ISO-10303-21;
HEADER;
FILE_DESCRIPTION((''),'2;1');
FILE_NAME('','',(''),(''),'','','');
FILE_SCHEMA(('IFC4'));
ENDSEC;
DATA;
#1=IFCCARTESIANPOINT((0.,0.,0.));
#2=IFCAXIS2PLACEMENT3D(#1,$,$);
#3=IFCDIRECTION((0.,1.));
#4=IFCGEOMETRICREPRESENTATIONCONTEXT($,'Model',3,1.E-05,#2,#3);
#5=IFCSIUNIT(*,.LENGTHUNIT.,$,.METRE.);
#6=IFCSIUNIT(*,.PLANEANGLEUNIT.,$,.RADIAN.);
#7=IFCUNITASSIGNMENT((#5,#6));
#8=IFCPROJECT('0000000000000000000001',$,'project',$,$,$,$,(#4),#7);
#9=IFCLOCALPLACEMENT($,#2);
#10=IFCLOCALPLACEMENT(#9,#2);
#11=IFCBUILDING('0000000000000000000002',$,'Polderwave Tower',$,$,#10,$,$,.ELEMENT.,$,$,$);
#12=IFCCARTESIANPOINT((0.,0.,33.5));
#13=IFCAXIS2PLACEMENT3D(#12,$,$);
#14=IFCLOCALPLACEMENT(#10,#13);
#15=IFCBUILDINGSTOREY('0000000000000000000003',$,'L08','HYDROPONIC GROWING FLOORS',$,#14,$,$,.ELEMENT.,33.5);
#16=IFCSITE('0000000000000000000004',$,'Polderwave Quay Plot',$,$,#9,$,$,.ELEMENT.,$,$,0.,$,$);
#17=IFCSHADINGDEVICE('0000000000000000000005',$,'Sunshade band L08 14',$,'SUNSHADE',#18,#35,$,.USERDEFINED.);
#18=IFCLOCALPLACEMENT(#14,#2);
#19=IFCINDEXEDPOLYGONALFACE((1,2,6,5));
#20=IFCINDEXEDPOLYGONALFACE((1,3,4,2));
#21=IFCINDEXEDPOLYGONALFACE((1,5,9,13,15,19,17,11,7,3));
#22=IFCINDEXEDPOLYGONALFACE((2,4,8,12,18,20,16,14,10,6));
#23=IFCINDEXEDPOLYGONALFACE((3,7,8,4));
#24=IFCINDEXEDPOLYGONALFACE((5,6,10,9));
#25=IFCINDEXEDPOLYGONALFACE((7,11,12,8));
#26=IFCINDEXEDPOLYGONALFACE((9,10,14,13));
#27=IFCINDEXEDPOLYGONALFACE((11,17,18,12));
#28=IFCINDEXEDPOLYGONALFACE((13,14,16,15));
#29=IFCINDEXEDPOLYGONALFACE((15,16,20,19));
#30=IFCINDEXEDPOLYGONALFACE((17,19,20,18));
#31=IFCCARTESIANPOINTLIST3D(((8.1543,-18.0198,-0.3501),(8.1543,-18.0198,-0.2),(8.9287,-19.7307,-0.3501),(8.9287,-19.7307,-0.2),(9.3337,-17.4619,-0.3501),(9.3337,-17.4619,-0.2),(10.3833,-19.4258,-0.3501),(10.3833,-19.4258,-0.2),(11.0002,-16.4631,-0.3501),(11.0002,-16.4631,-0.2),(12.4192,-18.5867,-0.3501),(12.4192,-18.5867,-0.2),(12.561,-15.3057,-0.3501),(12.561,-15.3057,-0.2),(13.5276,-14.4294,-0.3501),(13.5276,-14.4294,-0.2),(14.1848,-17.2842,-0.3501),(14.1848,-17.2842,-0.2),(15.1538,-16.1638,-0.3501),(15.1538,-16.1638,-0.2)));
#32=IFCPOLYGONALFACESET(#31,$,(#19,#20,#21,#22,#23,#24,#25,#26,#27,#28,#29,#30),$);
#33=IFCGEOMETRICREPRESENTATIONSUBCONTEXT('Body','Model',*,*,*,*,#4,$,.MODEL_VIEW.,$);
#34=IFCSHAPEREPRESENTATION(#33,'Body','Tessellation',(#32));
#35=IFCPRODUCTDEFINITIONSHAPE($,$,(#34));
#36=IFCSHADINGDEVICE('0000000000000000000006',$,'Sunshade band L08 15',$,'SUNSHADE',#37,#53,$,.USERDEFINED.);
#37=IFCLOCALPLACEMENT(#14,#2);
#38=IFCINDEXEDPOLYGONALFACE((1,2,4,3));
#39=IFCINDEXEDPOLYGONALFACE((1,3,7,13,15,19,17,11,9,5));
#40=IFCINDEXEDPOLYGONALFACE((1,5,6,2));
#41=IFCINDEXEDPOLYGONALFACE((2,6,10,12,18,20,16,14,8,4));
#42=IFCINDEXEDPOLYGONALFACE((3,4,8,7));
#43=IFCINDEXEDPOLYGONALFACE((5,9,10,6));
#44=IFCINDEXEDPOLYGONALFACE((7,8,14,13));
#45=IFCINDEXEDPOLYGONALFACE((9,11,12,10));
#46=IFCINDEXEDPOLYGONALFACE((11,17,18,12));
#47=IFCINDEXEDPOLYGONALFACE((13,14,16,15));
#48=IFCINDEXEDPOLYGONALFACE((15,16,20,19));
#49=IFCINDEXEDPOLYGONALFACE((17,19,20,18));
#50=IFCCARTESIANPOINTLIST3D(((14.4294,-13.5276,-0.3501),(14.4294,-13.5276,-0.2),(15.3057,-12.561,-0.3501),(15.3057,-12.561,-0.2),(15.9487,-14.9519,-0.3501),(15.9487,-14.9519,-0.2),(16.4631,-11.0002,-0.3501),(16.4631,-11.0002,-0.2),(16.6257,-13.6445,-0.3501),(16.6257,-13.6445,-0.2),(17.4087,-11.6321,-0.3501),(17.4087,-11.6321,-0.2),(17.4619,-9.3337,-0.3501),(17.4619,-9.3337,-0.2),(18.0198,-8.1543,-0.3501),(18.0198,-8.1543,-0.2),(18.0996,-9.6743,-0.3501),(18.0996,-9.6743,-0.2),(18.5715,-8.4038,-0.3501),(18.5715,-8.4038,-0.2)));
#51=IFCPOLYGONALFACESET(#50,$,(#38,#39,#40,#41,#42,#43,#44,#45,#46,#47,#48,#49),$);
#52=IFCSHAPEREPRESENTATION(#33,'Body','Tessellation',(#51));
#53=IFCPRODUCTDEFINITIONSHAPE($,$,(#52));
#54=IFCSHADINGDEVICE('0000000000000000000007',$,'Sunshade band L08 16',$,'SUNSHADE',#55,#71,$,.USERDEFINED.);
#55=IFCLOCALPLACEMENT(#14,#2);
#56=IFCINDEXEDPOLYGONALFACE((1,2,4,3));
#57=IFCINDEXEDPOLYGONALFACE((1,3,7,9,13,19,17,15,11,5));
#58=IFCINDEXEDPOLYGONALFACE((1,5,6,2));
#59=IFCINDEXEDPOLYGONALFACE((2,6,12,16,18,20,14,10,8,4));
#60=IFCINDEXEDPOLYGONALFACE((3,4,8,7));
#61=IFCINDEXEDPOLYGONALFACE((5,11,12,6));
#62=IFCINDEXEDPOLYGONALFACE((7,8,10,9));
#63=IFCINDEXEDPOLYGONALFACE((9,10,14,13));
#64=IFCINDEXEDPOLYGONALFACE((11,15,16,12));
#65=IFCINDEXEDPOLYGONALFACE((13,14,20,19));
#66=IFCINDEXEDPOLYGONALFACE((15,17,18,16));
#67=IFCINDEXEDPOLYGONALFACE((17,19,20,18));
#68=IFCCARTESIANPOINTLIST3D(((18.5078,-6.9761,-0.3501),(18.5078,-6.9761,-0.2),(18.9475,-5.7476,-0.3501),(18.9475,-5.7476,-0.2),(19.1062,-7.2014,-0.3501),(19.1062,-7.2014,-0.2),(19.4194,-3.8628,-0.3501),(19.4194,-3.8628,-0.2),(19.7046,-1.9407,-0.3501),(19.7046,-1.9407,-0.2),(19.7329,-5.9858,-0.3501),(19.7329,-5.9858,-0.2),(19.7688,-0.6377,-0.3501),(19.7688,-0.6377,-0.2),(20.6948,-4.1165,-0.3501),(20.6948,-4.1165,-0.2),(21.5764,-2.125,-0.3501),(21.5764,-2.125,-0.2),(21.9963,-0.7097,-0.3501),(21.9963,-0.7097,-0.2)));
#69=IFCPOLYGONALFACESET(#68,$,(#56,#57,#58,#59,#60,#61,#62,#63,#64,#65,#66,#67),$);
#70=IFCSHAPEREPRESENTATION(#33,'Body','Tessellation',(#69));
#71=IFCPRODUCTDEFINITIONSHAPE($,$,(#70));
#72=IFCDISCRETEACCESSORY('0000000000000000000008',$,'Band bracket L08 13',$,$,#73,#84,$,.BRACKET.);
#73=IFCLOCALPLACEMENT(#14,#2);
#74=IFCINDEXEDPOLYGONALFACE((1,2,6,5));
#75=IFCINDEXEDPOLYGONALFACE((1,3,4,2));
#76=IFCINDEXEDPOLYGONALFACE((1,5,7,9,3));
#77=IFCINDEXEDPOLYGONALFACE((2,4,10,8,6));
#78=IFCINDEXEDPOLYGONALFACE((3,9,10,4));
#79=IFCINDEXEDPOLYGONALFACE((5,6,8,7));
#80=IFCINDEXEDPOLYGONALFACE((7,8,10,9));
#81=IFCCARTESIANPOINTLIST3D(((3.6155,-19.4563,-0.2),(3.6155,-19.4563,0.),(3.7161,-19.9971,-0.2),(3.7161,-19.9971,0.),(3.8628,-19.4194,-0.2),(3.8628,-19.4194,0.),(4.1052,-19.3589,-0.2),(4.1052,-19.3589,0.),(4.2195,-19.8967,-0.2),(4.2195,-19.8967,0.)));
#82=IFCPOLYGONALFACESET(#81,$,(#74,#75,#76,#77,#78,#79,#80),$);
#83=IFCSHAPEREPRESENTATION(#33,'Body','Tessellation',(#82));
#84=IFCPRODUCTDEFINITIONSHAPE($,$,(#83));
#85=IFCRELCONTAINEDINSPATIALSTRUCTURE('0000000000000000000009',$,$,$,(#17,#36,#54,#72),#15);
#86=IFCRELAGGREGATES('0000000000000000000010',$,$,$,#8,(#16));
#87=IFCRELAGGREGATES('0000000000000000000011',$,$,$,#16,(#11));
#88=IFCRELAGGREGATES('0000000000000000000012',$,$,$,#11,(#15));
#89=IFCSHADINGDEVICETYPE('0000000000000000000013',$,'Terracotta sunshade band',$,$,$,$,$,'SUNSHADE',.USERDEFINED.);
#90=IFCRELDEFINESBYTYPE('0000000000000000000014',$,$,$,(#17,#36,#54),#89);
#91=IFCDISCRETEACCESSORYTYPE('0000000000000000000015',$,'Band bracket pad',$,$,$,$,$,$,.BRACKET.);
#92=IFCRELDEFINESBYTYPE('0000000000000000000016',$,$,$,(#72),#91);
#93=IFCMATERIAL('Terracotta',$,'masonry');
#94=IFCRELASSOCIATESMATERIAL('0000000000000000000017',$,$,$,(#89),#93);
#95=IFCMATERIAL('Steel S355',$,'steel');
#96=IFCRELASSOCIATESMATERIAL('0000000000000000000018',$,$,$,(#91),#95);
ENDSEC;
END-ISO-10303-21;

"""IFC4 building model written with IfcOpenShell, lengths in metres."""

from ifc_helpers import new_model, si_unit, direction, frame, origin, place, context, subcontext, project, spatial, polyline, outline, extrude, material, type_object, element, save


model = new_model("IFC4")

# Units and contexts
model_context = context("Model", 3, precision=1e-05, world=origin(), true_north=direction((0.0, 1.0)))
body_context = subcontext(model_context, "Body", "Model", "MODEL_VIEW")
ifc_project = project(units=[si_unit("LENGTHUNIT", "METRE"), si_unit("PLANEANGLEUNIT", "RADIAN")], contexts=[model_context])

# Site, building, storey
site_placement = place(None, origin())
site = spatial("IfcSite", under=ifc_project, at=site_placement, Name="Polderwave Quay Plot", CompositionType="ELEMENT", RefElevation=0.0)
building_placement = place(site_placement, origin())
building = spatial("IfcBuilding", under=site, at=building_placement, Name="Polderwave Tower", CompositionType="ELEMENT")
storey_placement = place(building_placement, frame((0.0, 0.0, 33.5)))
storey = spatial("IfcBuildingStorey", under=building, at=storey_placement, Name="L08", Description="HYDROPONIC GROWING FLOORS", CompositionType="ELEMENT", Elevation=33.5)

# Shading devices
ifc_material_1 = material(Name="Terracotta", Category="masonry")
shading_device_type = type_object("IfcShadingDeviceType", Name="Terracotta sunshade band", ElementType="SUNSHADE", PredefinedType="USERDEFINED", material=ifc_material_1)
shading_device_1_placement = place(storey_placement, frame((0.0, 0.0, -0.3501)))
element("IfcShadingDevice", 1, at=shading_device_1_placement, inside=storey, type_object=shading_device_type, Name="Sunshade band L08 14", ObjectType="SUNSHADE", PredefinedType="USERDEFINED", context=body_context, shape_type="SweptSolid", body=[
    extrude(outline(polyline([(8.1543, -18.0198), (9.3337, -17.4619), (11.0002, -16.4631), (12.561, -15.3057), (13.5276, -14.4294), (15.1538, -16.1638), (14.1848, -17.2842), (12.4192, -18.5867), (10.3833, -19.4258), (8.9287, -19.7307), (8.1543, -18.0198)])), origin(), (0.0, 0.0, 1.0), 0.1501),
])
shading_device_2_placement = place(storey_placement, frame((0.0, 0.0, -0.3501)))
element("IfcShadingDevice", 2, at=shading_device_2_placement, inside=storey, type_object=shading_device_type, Name="Sunshade band L08 15", ObjectType="SUNSHADE", PredefinedType="USERDEFINED", context=body_context, shape_type="SweptSolid", body=[
    extrude(outline(polyline([(14.4294, -13.5276), (15.3057, -12.561), (16.4631, -11.0002), (17.4619, -9.3337), (18.0198, -8.1543), (18.5715, -8.4038), (18.0996, -9.6743), (17.4087, -11.6321), (16.6257, -13.6445), (15.9487, -14.9519), (14.4294, -13.5276)])), origin(), (0.0, 0.0, 1.0), 0.1501),
])
shading_device_3_placement = place(storey_placement, frame((0.0, 0.0, -0.3501)))
element("IfcShadingDevice", 3, at=shading_device_3_placement, inside=storey, type_object=shading_device_type, Name="Sunshade band L08 16", ObjectType="SUNSHADE", PredefinedType="USERDEFINED", context=body_context, shape_type="SweptSolid", body=[
    extrude(outline(polyline([(18.5078, -6.9761), (18.9475, -5.7476), (19.4194, -3.8628), (19.7046, -1.9407), (19.7688, -0.6377), (21.9963, -0.7097), (21.5764, -2.125), (20.6948, -4.1165), (19.7329, -5.9858), (19.1062, -7.2014), (18.5078, -6.9761)])), origin(), (0.0, 0.0, 1.0), 0.1501),
])

# Discrete accessory
ifc_material_2 = material(Name="Steel S355", Category="steel")
discrete_accessory_type = type_object("IfcDiscreteAccessoryType", Name="Band bracket pad", PredefinedType="BRACKET", material=ifc_material_2)
discrete_accessory_placement = place(storey_placement, frame((0.0, 0.0, -0.2)))
element("IfcDiscreteAccessory", 4, at=discrete_accessory_placement, inside=storey, type_object=discrete_accessory_type, Name="Band bracket L08 13", PredefinedType="BRACKET", context=body_context, shape_type="SweptSolid", body=[
    extrude(outline(polyline([(3.6155, -19.4563), (3.8628, -19.4194), (4.1052, -19.3589), (4.2195, -19.8967), (3.7161, -19.9971), (3.6155, -19.4563)])), origin(), (0.0, 0.0, 1.0), 0.2),
])

save(model, "model.ifc")
